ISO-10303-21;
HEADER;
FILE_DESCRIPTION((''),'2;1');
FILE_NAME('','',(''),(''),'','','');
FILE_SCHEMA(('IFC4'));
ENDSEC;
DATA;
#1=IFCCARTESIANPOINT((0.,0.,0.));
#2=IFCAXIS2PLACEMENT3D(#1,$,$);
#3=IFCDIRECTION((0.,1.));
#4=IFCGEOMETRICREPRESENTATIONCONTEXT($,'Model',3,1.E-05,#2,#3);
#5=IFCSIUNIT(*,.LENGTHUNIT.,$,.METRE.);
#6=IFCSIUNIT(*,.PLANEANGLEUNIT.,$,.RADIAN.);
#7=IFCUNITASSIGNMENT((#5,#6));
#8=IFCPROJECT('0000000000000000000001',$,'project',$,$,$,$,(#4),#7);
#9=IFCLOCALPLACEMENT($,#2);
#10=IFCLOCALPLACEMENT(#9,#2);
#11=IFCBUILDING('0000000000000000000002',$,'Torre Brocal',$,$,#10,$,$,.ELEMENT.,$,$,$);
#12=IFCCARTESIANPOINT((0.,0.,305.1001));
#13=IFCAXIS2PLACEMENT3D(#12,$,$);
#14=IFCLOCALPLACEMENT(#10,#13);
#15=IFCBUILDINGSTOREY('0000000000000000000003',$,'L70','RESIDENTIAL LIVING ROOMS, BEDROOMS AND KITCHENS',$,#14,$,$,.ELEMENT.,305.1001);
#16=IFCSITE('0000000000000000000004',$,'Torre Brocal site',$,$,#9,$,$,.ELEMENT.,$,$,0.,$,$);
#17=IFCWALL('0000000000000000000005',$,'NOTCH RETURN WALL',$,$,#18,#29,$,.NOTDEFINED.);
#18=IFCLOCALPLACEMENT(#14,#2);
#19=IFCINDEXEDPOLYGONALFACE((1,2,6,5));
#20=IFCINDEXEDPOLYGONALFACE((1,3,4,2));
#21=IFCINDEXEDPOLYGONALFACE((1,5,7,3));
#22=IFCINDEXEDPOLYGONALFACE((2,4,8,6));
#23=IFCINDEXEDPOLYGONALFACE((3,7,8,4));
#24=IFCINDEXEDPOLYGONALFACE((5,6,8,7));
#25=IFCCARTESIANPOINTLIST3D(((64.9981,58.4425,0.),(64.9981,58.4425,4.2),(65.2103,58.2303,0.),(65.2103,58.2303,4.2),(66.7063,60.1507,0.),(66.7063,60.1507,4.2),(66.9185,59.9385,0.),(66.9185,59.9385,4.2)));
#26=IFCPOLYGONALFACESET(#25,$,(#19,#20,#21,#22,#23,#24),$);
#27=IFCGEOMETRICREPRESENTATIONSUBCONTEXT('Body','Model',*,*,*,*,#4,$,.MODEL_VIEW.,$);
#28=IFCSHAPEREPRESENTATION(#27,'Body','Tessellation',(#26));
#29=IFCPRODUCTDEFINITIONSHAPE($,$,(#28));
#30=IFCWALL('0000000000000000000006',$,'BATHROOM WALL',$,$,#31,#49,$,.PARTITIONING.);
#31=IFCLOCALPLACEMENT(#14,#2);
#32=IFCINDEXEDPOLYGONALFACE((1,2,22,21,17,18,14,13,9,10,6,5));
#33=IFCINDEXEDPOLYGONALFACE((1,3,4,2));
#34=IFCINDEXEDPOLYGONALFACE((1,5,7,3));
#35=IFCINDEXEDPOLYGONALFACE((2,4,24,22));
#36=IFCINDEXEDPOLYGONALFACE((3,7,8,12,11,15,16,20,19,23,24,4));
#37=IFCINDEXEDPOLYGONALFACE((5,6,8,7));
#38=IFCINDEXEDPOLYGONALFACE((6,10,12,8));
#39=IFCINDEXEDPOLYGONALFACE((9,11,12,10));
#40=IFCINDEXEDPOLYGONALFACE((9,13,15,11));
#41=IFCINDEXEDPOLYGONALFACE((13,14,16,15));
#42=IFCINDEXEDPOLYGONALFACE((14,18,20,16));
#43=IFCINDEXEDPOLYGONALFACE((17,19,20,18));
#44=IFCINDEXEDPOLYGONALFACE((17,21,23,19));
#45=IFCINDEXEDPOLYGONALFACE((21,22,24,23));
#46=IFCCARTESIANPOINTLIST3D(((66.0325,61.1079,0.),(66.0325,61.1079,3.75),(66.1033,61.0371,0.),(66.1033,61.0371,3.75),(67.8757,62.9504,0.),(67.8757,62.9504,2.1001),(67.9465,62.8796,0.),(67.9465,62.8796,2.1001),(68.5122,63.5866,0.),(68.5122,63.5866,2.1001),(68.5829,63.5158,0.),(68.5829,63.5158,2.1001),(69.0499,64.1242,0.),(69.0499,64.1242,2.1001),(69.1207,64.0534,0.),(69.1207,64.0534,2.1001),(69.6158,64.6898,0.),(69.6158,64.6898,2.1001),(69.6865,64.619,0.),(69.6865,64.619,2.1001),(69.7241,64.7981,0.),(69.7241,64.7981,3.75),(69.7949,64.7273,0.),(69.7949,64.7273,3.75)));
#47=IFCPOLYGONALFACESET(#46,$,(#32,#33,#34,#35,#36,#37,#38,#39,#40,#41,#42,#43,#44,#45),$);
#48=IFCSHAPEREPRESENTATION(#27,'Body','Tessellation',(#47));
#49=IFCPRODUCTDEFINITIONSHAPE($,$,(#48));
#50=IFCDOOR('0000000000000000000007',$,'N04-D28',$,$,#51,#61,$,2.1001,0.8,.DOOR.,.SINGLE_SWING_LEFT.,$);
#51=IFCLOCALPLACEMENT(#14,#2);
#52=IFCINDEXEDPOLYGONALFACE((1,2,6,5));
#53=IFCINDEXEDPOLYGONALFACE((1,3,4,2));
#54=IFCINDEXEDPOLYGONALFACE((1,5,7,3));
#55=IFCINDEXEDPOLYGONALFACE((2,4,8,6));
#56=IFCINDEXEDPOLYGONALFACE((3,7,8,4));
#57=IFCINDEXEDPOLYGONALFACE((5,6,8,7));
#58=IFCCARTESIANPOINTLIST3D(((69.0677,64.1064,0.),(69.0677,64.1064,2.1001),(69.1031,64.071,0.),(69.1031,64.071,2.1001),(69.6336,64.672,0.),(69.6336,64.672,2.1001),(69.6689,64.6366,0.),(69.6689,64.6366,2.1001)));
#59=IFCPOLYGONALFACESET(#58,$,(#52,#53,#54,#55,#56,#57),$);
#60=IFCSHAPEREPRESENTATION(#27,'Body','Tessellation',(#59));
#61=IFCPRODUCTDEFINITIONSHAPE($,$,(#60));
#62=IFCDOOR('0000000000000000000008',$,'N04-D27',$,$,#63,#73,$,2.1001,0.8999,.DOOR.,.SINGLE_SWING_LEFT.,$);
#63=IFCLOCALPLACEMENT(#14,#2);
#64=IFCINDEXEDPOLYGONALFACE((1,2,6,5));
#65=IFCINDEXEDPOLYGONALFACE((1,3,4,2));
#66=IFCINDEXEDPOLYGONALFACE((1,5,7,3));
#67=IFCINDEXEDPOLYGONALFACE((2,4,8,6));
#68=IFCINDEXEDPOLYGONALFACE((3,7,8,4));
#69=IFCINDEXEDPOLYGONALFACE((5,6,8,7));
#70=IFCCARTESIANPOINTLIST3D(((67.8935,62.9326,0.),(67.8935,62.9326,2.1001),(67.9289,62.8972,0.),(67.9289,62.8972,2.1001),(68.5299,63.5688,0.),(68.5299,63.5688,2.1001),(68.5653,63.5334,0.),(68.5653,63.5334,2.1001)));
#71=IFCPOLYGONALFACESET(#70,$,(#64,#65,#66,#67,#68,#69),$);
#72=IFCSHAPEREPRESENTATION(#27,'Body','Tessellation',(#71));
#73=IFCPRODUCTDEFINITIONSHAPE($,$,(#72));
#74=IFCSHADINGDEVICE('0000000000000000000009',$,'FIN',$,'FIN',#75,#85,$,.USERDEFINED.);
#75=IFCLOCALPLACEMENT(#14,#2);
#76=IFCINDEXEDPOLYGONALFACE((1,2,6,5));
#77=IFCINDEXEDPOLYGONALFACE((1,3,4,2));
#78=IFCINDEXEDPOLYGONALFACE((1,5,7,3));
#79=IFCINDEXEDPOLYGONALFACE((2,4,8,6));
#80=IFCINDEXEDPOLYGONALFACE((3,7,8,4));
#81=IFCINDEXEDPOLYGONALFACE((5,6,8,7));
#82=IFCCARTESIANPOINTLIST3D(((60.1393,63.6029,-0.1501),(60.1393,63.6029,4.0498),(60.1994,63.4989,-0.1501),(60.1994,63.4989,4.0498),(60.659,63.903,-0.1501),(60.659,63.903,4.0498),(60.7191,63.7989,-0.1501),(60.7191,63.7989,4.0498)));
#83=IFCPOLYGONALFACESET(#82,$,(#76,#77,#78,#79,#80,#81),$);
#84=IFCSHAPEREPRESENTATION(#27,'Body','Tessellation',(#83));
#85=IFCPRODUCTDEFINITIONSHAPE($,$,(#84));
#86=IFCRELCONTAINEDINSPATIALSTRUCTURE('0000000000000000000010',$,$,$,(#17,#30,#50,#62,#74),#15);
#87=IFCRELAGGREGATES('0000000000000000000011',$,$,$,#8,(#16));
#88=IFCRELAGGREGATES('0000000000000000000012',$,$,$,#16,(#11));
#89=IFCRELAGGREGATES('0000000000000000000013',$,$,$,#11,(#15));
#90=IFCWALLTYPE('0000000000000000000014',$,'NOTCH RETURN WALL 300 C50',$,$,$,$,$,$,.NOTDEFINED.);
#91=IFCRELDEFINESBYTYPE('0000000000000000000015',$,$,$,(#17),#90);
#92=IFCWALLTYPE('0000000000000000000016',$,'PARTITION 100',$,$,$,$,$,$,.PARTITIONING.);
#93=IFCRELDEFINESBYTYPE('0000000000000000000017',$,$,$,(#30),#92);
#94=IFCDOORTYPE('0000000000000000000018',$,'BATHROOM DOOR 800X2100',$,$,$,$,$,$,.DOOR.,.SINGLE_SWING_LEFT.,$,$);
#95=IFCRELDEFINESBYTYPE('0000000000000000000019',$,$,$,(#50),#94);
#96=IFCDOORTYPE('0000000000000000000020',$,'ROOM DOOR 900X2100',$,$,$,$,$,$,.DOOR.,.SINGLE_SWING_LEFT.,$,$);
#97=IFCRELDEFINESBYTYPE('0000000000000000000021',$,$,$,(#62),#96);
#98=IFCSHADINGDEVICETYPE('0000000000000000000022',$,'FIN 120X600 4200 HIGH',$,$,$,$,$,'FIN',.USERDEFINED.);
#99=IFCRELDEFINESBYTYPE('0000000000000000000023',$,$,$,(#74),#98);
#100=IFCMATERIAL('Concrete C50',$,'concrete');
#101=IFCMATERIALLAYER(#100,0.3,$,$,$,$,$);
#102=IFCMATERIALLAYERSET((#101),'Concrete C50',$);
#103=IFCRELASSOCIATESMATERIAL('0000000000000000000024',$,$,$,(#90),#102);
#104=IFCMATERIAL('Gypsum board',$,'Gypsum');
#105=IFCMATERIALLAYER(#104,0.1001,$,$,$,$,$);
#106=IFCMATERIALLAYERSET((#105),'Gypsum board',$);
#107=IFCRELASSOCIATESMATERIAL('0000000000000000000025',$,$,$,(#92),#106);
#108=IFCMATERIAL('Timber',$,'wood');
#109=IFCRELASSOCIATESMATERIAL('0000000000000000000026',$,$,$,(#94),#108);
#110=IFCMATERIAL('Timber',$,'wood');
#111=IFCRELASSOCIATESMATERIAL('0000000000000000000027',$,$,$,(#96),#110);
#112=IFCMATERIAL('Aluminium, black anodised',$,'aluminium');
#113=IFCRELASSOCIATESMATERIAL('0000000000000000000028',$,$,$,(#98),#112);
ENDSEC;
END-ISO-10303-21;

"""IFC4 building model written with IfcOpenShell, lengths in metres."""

from ifc_helpers import new_model, si_unit, direction, frame, frame_2d, origin, origin_2d, place, context, subcontext, project, spatial, rectangle, extrude, material, layer, layer_set, material_profile, profile_set, type_object, element, fill, save


model = new_model("IFC4")

# Units and contexts
model_context = context("Model", 3, precision=1e-05, world=origin(), true_north=direction((0.0, 1.0)))
body_context = subcontext(model_context, "Body", "Model", "MODEL_VIEW")
ifc_project = project(units=[si_unit("LENGTHUNIT", "METRE"), si_unit("PLANEANGLEUNIT", "RADIAN")], contexts=[model_context])

# Site, building, storey
site_placement = place(None, origin())
site = spatial("IfcSite", under=ifc_project, at=site_placement, Name="Torre Brocal site", CompositionType="ELEMENT", RefElevation=0.0)
building_placement = place(site_placement, origin())
building = spatial("IfcBuilding", under=site, at=building_placement, Name="Torre Brocal", CompositionType="ELEMENT")
storey_placement = place(building_placement, frame((0.0, 0.0, 305.1001)))
storey = spatial("IfcBuildingStorey", under=building, at=storey_placement, Name="L70", Description="RESIDENTIAL LIVING ROOMS, BEDROOMS AND KITCHENS", CompositionType="ELEMENT", Elevation=305.1001)

# Wall
ifc_material_1 = material(Name="Concrete C50", Category="concrete")
ifc_layer_1 = layer(ifc_material_1, 0.3)
ifc_layer_set_1 = layer_set([ifc_layer_1], Name="Concrete C50")
wall_type_1 = type_object("IfcWallType", Name="NOTCH RETURN WALL 300 C50", PredefinedType="NOTDEFINED", material=ifc_layer_set_1)
for number, where, z_axis, x_axis, name in (
    (1, (66.8125, 60.0447, 0.0), (0.0, 0.0, 1.0), (-0.707107, -0.707107, 0.0), "NOTCH RETURN WALL"),
):
    element("IfcWall", number, at=place(storey_placement, frame(where, z_axis=z_axis, x_axis=x_axis)), inside=storey, type_object=wall_type_1, Name=name, PredefinedType="NOTDEFINED", context=body_context, shape_type="SweptSolid", body=[
        extrude(rectangle(XDim=2.4158, YDim=0.3, at=frame_2d((1.208, 0.0))), origin(), (0.0, 0.0, 1.0), 4.2),
    ])

# Wall, openings, doors
ifc_material_2 = material(Name="Gypsum board", Category="Gypsum")
ifc_layer_2 = layer(ifc_material_2, 0.1001)
ifc_layer_set_2 = layer_set([ifc_layer_2], Name="Gypsum board")
wall_type_2 = type_object("IfcWallType", Name="PARTITION 100", PredefinedType="PARTITIONING", material=ifc_layer_set_2)
wall_placement = place(storey_placement, frame((66.0679, 61.0725, 0.0), z_axis=(0.0, 0.0, 1.0), x_axis=(0.707247, 0.706966, 0.0)))
wall = element("IfcWall", 2, at=wall_placement, inside=storey, type_object=wall_type_2, Name="BATHROOM WALL", PredefinedType="PARTITIONING", context=body_context, shape_type="SweptSolid", body=[
    extrude(rectangle(XDim=5.2197, YDim=0.1001, at=frame_2d((2.6099, 0.0))), origin(), (0.0, 0.0, 1.0), 3.75),
])
opening_1_placement = place(wall_placement, frame((2.6062, 0.0, 0.0)))
opening_1 = element("IfcOpeningElement", 3, at=opening_1_placement, cuts=wall, PredefinedType="OPENING", context=body_context, shape_type="SweptSolid", body=[
    extrude(rectangle(XDim=0.8999, YDim=2.1001, at=frame_2d((0.45, 1.05))), frame((0.0, 0.0601, 0.0), z_axis=(0.0, -1.0, 0.0), x_axis=(1.0, 0.0, 0.0)), (0.0, 0.0, 1.0), 0.1201),
])
opening_2_placement = place(wall_placement, frame((4.2666, 0.0, 0.0)))
opening_2 = element("IfcOpeningElement", 4, at=opening_2_placement, cuts=wall, PredefinedType="OPENING", context=body_context, shape_type="SweptSolid", body=[
    extrude(rectangle(XDim=0.8, YDim=2.1001, at=frame_2d((0.3999, 1.05))), frame((0.0, 0.0601, 0.0), z_axis=(0.0, -1.0, 0.0), x_axis=(1.0, 0.0, 0.0)), (0.0, 0.0, 1.0), 0.1201),
])
ifc_material_3 = material(Name="Timber", Category="wood")
door_type_1 = type_object("IfcDoorType", Name="BATHROOM DOOR 800X2100", OperationType="SINGLE_SWING_LEFT", PredefinedType="DOOR", material=ifc_material_3)
door_1_placement = place(opening_2_placement, origin())
door_1 = element("IfcDoor", 5, at=door_1_placement, inside=storey, type_object=door_type_1, Name="N04-D28", OperationType="SINGLE_SWING_LEFT", OverallHeight=2.1001, OverallWidth=0.8, PredefinedType="DOOR", context=body_context, shape_type="SweptSolid", body=[
    extrude(rectangle(XDim=0.8, YDim=2.1001, at=frame_2d((0.3999, 1.05))), frame((0.0, 0.0249, 0.0), z_axis=(0.0, -1.0, 0.0), x_axis=(1.0, 0.0, 0.0)), (0.0, 0.0, 1.0), 0.05),
])
fill(opening_2, door_1)
ifc_material_4 = material(Name="Timber", Category="wood")
door_type_2 = type_object("IfcDoorType", Name="ROOM DOOR 900X2100", OperationType="SINGLE_SWING_LEFT", PredefinedType="DOOR", material=ifc_material_4)
door_2_placement = place(opening_1_placement, origin())
door_2 = element("IfcDoor", 6, at=door_2_placement, inside=storey, type_object=door_type_2, Name="N04-D27", OperationType="SINGLE_SWING_LEFT", OverallHeight=2.1001, OverallWidth=0.8999, PredefinedType="DOOR", context=body_context, shape_type="SweptSolid", body=[
    extrude(rectangle(XDim=0.8999, YDim=2.1001, at=frame_2d((0.45, 1.05))), frame((0.0, 0.0249, 0.0), z_axis=(0.0, -1.0, 0.0), x_axis=(1.0, 0.0, 0.0)), (0.0, 0.0, 1.0), 0.05),
])
fill(opening_1, door_2)

# Shading device
ifc_material_5 = material(Name="Aluminium, black anodised", Category="aluminium")
ifc_material_profile_1 = material_profile(ifc_material_5, rectangle(XDim=0.1201, YDim=0.6001, at=origin_2d()), Name="FIN 120X600 4200 HIGH")
ifc_profile_set_1 = profile_set([ifc_material_profile_1], Name="Aluminium, black anodised")
shading_device_type = type_object("IfcShadingDeviceType", Name="FIN 120X600 4200 HIGH", ElementType="FIN", PredefinedType="USERDEFINED", material=ifc_profile_set_1)
shading_device_placement = place(storey_placement, frame((60.4292, 63.7009, -0.1501), z_axis=(0.0, 0.0, 1.0), x_axis=(0.5, -0.866025, 0.0)))
element("IfcShadingDevice", 7, at=shading_device_placement, inside=storey, type_object=shading_device_type, Name="FIN", ObjectType="FIN", PredefinedType="USERDEFINED", context=body_context, shape_type="SweptSolid", body=[
    extrude(rectangle(XDim=0.1201, YDim=0.6001, at=origin_2d()), origin(), (0.0, 0.0, 1.0), 4.2),
])

save(model, "model.ifc")
